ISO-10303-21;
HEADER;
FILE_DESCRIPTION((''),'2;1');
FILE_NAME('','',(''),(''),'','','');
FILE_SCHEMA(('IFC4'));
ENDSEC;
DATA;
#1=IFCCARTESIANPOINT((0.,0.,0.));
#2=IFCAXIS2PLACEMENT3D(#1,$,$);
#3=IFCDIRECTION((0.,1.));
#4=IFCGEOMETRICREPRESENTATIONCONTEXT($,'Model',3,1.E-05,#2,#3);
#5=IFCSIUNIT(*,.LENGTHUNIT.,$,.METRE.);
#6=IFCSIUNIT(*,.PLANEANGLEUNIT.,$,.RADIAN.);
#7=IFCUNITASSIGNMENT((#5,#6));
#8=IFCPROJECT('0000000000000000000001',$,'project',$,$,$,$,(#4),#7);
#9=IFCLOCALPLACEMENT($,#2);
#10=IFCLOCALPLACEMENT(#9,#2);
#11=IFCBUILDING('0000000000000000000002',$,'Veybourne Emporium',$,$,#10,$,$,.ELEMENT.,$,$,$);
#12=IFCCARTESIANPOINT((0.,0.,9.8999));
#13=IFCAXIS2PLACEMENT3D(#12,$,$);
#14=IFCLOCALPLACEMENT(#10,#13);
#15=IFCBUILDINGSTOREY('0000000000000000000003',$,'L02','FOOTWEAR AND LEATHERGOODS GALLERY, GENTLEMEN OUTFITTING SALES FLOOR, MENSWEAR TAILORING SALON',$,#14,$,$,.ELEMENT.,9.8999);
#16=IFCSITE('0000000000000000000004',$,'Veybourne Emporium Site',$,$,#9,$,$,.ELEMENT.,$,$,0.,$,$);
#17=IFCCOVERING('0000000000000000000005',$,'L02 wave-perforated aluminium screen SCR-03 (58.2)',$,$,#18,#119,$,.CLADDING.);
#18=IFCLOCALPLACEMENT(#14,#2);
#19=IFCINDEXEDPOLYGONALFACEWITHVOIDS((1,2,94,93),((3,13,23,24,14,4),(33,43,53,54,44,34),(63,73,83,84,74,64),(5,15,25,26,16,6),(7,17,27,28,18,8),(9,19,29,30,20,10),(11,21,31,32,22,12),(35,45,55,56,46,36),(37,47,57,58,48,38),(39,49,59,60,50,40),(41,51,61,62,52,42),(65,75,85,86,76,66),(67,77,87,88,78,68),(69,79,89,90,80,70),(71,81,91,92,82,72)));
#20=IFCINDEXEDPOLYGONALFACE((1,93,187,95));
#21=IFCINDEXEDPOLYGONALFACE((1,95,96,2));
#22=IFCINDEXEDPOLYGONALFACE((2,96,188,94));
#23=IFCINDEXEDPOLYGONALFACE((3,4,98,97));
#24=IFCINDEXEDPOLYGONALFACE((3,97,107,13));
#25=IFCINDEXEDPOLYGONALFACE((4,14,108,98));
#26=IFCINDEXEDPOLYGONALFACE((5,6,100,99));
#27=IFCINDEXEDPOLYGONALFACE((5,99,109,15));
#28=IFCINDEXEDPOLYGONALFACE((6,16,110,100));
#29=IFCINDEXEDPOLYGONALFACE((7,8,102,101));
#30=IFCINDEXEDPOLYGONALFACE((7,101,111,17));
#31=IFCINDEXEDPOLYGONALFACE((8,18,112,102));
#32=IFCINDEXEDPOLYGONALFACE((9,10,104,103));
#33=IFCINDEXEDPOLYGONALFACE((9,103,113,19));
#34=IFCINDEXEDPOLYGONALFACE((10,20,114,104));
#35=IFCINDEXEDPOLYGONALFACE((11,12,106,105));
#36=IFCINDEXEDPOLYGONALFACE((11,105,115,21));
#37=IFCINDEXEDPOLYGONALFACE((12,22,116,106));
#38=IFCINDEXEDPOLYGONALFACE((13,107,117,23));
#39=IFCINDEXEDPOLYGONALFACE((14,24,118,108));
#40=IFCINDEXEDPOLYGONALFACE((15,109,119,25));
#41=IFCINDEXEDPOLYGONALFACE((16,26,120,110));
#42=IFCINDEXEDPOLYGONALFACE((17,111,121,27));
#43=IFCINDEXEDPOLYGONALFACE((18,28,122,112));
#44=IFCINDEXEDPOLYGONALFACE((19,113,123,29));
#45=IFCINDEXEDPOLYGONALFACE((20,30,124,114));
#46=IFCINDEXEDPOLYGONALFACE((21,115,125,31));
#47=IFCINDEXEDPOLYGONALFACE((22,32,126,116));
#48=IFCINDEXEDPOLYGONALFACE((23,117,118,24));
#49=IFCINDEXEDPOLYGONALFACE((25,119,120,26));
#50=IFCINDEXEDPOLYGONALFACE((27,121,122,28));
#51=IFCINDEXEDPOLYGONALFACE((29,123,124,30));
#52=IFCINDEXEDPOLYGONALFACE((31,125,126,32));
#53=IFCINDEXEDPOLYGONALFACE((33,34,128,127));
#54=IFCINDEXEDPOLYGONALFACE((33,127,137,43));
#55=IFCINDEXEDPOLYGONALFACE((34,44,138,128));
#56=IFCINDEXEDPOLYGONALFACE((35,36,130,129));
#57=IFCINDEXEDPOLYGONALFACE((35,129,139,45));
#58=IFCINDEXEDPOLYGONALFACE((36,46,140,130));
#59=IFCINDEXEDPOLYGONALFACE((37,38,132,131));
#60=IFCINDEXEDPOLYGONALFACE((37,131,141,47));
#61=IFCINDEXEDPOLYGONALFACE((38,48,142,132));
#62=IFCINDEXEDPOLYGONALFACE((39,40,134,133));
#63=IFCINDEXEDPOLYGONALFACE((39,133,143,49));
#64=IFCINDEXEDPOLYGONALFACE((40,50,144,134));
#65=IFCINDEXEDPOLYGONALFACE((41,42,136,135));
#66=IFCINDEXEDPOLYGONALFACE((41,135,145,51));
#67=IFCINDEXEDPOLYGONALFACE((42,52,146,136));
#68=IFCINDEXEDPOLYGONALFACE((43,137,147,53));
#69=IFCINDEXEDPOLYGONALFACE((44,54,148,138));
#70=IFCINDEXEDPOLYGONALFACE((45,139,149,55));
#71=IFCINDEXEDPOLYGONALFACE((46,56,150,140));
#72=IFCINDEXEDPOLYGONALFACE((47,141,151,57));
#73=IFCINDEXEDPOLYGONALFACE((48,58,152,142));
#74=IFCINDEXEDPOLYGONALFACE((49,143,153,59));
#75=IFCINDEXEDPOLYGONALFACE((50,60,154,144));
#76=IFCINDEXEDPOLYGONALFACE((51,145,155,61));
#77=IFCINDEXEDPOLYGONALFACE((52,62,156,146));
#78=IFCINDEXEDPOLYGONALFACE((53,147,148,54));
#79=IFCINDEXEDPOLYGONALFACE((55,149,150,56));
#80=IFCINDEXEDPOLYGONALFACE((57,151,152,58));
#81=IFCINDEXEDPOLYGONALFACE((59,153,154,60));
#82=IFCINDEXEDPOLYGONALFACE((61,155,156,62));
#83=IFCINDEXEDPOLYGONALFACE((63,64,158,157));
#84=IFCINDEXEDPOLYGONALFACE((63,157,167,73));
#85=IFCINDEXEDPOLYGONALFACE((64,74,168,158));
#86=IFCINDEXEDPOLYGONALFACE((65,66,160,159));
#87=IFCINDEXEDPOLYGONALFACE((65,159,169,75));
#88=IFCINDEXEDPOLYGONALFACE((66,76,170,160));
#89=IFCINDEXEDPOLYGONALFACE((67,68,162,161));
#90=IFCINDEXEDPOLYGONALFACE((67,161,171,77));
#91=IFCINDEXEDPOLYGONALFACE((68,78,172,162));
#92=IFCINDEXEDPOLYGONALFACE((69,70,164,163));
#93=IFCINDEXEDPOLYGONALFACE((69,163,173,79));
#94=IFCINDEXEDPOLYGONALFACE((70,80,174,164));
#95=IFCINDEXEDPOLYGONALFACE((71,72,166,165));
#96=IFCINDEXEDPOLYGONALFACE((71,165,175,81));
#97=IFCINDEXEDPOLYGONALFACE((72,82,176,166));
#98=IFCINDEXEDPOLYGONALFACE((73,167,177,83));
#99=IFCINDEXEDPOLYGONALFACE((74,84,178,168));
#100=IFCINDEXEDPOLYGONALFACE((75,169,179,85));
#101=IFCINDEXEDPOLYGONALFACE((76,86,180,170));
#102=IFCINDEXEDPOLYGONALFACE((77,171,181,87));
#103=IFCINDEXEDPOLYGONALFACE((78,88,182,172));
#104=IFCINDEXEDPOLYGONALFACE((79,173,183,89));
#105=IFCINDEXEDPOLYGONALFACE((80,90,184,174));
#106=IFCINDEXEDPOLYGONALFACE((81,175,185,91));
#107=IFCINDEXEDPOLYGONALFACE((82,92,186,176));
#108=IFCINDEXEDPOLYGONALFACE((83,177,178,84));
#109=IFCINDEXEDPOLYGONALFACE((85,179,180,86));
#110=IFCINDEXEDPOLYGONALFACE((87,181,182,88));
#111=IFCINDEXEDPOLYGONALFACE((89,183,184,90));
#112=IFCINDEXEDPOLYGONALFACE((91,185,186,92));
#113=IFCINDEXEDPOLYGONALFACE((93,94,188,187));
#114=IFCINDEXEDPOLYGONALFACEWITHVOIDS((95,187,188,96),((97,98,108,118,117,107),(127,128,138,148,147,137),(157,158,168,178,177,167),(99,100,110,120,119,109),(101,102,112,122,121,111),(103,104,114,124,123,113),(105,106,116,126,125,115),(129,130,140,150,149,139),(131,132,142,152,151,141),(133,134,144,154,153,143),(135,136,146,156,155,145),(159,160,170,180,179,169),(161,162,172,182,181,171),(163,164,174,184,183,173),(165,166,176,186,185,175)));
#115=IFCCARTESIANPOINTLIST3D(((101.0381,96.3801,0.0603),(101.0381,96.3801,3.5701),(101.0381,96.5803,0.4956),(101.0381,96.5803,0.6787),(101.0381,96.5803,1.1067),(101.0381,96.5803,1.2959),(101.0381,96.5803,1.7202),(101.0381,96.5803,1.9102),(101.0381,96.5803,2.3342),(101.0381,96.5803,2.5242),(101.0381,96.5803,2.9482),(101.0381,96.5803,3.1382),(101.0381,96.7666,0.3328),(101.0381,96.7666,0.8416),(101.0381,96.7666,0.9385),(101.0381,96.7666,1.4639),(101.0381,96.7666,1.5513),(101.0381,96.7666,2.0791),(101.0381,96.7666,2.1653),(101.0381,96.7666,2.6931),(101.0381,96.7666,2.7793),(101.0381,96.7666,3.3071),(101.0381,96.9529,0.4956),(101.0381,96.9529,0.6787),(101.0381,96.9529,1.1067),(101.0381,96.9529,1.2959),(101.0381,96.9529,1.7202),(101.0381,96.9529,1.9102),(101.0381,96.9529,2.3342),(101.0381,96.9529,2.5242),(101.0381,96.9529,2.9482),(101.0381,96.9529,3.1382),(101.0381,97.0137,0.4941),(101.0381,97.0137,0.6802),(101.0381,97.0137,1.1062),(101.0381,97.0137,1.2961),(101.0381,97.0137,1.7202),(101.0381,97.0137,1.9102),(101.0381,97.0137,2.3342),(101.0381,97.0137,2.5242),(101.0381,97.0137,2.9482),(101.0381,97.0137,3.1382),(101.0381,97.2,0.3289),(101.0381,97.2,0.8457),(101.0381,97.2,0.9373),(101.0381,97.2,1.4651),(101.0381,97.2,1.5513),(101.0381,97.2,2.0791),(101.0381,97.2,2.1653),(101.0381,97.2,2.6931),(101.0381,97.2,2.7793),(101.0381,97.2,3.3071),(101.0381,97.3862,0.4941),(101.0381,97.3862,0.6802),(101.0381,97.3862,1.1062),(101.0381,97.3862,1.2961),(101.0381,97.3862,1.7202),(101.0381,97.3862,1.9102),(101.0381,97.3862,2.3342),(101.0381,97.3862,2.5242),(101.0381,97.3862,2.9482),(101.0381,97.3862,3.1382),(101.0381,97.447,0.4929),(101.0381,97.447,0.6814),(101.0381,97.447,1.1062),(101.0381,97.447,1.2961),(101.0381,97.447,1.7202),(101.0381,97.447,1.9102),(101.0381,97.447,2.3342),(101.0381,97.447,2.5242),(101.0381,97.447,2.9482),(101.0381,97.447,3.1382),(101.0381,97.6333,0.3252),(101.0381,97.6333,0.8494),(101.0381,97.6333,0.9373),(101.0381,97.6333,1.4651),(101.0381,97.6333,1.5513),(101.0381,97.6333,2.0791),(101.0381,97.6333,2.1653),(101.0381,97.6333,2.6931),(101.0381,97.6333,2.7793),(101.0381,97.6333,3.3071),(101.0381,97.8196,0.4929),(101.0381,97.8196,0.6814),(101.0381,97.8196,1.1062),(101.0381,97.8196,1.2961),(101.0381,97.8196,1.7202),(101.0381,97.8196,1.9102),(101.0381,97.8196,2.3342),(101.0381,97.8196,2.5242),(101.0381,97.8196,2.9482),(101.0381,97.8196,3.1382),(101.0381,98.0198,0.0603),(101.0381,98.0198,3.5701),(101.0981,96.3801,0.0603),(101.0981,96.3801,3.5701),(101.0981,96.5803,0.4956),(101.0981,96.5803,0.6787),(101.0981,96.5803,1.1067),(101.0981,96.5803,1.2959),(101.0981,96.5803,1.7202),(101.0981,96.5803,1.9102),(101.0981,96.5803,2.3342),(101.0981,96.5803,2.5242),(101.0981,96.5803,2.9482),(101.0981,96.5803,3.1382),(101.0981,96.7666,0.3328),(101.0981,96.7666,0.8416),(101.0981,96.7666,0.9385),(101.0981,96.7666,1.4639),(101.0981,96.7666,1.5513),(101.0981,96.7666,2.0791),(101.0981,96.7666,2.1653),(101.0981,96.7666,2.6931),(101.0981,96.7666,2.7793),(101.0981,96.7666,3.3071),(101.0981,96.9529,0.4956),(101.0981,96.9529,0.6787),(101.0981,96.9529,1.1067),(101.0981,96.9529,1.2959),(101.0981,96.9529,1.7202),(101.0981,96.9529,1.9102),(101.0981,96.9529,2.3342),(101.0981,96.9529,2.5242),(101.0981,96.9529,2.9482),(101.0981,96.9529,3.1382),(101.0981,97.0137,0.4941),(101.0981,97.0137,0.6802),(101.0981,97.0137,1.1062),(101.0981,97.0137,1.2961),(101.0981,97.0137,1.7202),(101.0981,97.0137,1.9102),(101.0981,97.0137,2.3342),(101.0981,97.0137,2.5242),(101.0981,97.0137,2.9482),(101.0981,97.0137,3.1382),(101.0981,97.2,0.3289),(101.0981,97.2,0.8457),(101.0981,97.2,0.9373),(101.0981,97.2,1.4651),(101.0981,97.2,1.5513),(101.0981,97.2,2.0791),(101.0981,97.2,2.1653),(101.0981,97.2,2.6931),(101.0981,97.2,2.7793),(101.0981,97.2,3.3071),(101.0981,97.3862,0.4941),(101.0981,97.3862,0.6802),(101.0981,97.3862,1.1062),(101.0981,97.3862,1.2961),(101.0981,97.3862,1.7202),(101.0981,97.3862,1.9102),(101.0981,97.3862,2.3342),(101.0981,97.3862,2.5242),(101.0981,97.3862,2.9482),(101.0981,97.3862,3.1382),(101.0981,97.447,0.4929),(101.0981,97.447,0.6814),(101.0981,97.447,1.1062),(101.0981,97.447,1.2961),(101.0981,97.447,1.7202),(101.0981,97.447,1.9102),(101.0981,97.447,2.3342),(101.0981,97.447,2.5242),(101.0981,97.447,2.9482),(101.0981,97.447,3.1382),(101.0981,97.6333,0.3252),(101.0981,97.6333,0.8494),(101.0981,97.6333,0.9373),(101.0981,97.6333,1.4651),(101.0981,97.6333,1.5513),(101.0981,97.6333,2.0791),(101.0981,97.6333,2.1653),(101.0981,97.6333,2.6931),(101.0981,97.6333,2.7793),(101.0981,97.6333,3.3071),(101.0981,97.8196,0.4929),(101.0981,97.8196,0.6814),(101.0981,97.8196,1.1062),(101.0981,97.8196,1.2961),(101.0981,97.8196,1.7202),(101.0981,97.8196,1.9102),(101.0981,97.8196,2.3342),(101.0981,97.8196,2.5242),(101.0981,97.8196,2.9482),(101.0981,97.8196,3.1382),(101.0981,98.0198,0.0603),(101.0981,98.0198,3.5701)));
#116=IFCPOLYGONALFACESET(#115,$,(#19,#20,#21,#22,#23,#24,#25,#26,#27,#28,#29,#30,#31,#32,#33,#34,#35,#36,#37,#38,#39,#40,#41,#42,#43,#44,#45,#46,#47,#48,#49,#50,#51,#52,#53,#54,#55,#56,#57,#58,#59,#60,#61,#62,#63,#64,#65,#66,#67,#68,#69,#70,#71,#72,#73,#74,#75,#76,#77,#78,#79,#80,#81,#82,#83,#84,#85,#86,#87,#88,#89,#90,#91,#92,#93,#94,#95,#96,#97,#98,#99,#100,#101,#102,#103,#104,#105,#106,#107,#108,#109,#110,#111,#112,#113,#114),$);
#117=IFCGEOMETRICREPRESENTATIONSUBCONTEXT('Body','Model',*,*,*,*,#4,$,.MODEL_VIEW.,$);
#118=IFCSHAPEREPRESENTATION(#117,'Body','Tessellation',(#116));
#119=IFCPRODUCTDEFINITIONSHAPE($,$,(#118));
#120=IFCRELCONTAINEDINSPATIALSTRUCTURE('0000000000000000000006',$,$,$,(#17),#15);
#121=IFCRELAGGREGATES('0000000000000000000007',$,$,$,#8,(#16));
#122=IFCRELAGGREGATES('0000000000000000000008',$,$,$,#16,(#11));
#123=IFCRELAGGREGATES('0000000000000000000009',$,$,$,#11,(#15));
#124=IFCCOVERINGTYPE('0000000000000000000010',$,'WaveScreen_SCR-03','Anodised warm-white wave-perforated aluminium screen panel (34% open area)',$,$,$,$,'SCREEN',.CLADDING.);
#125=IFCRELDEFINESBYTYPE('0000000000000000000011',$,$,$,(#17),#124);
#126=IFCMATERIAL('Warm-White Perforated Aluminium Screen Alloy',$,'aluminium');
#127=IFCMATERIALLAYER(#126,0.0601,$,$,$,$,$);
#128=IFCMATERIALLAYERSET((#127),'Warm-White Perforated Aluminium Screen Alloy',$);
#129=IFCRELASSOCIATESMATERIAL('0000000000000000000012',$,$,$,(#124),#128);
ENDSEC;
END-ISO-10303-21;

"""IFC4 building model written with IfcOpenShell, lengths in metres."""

from ifc_helpers import new_model, si_unit, direction, frame, origin, place, context, subcontext, project, spatial, polyline, outline, extrude, material, layer, layer_set, type_object, element, save


model = new_model("IFC4")

# Units and contexts
model_context = context("Model", 3, precision=1e-05, world=origin(), true_north=direction((0.0, 1.0)))
body_context = subcontext(model_context, "Body", "Model", "MODEL_VIEW")
ifc_project = project(units=[si_unit("LENGTHUNIT", "METRE"), si_unit("PLANEANGLEUNIT", "RADIAN")], contexts=[model_context])

# Site, building, storey
site_placement = place(None, origin())
site = spatial("IfcSite", under=ifc_project, at=site_placement, Name="Veybourne Emporium Site", CompositionType="ELEMENT", RefElevation=0.0)
building_placement = place(site_placement, origin())
building = spatial("IfcBuilding", under=site, at=building_placement, Name="Veybourne Emporium", CompositionType="ELEMENT")
storey_placement = place(building_placement, frame((0.0, 0.0, 9.8999)))
storey = spatial("IfcBuildingStorey", under=building, at=storey_placement, Name="L02", Description="FOOTWEAR AND LEATHERGOODS GALLERY, GENTLEMEN OUTFITTING SALES FLOOR, MENSWEAR TAILORING SALON", CompositionType="ELEMENT", Elevation=9.8999)

# Covering
ifc_material_1 = material(Name="Warm-White Perforated Aluminium Screen Alloy", Category="aluminium")
ifc_layer_1 = layer(ifc_material_1, 0.0601)
ifc_layer_set_1 = layer_set([ifc_layer_1], Name="Warm-White Perforated Aluminium Screen Alloy")
covering_type_1 = type_object("IfcCoveringType", Name="WaveScreen_SCR-03", Description="Anodised warm-white wave-perforated aluminium screen panel (34% open area)", ElementType="SCREEN", PredefinedType="CLADDING", material=ifc_layer_set_1)
covering_1_placement = place(storey_placement, frame((101.0981, 97.2, 1.8152), z_axis=(-1.0, 0.0, 0.0), x_axis=(0.0, -1.0, 0.0)))
element("IfcCovering", 1, at=covering_1_placement, inside=storey, type_object=covering_type_1, Name="L02 wave-perforated aluminium screen SCR-03 (58.2)", PredefinedType="CLADDING", context=body_context, shape_type="SweptSolid", body=[
    extrude(outline(polyline([(-0.8198, -1.7549), (0.8198, -1.7549), (0.8198, 1.7549), (-0.8198, 1.7549), (-0.8198, -1.7549)]), holes=[polyline([(-0.4333, -0.9658), (-0.2471, -1.1338), (-0.2471, -1.3223), (-0.4333, -1.49), (-0.6196, -1.3223), (-0.6196, -1.1338), (-0.4333, -0.9658)]), polyline([(-0.4333, -0.3501), (-0.2471, -0.519), (-0.2471, -0.709), (-0.4333, -0.8779), (-0.6196, -0.709), (-0.6196, -0.519), (-0.4333, -0.3501)]), polyline([(-0.4333, 0.2639), (-0.2471, 0.095), (-0.2471, -0.095), (-0.4333, -0.2639), (-0.6196, -0.095), (-0.6196, 0.095), (-0.4333, 0.2639)]), polyline([(-0.4333, 0.8779), (-0.2471, 0.709), (-0.2471, 0.519), (-0.4333, 0.3501), (-0.6196, 0.519), (-0.6196, 0.709), (-0.4333, 0.8779)]), polyline([(-0.4333, 1.4919), (-0.2471, 1.323), (-0.2471, 1.1331), (-0.4333, 0.9641), (-0.6196, 1.1331), (-0.6196, 1.323), (-0.4333, 1.4919)]), polyline([(0.0, -0.9695), (0.1863, -1.135), (0.1863, -1.321), (0.0, -1.4863), (-0.1863, -1.321), (-0.1863, -1.135), (0.0, -0.9695)]), polyline([(0.0, -0.3501), (0.1863, -0.519), (0.1863, -0.709), (0.0, -0.8779), (-0.1863, -0.709), (-0.1863, -0.519), (0.0, -0.3501)]), polyline([(0.0, 0.2639), (0.1863, 0.095), (0.1863, -0.095), (0.0, -0.2639), (-0.1863, -0.095), (-0.1863, 0.095), (0.0, 0.2639)]), polyline([(0.0, 0.8779), (0.1863, 0.709), (0.1863, 0.519), (0.0, 0.3501), (-0.1863, 0.519), (-0.1863, 0.709), (0.0, 0.8779)]), polyline([(0.0, 1.4919), (0.1863, 1.323), (0.1863, 1.1331), (0.0, 0.9641), (-0.1863, 1.1331), (-0.1863, 1.323), (0.0, 1.4919)]), polyline([(0.4333, -0.9736), (0.6196, -1.1365), (0.6196, -1.3196), (0.4333, -1.4824), (0.2471, -1.3196), (0.2471, -1.1365), (0.4333, -0.9736)]), polyline([(0.4333, -0.3513), (0.6196, -0.5193), (0.6196, -0.7085), (0.4333, -0.8767), (0.2471, -0.7085), (0.2471, -0.5193), (0.4333, -0.3513)]), polyline([(0.4333, 0.2639), (0.6196, 0.095), (0.6196, -0.095), (0.4333, -0.2639), (0.2471, -0.095), (0.2471, 0.095), (0.4333, 0.2639)]), polyline([(0.4333, 0.8779), (0.6196, 0.709), (0.6196, 0.519), (0.4333, 0.3501), (0.2471, 0.519), (0.2471, 0.709), (0.4333, 0.8779)]), polyline([(0.4333, 1.4919), (0.6196, 1.323), (0.6196, 1.1331), (0.4333, 0.9641), (0.2471, 1.1331), (0.2471, 1.323), (0.4333, 1.4919)])]), origin(), (0.0, 0.0, 1.0), 0.0601),
])

save(model, "model.ifc")
